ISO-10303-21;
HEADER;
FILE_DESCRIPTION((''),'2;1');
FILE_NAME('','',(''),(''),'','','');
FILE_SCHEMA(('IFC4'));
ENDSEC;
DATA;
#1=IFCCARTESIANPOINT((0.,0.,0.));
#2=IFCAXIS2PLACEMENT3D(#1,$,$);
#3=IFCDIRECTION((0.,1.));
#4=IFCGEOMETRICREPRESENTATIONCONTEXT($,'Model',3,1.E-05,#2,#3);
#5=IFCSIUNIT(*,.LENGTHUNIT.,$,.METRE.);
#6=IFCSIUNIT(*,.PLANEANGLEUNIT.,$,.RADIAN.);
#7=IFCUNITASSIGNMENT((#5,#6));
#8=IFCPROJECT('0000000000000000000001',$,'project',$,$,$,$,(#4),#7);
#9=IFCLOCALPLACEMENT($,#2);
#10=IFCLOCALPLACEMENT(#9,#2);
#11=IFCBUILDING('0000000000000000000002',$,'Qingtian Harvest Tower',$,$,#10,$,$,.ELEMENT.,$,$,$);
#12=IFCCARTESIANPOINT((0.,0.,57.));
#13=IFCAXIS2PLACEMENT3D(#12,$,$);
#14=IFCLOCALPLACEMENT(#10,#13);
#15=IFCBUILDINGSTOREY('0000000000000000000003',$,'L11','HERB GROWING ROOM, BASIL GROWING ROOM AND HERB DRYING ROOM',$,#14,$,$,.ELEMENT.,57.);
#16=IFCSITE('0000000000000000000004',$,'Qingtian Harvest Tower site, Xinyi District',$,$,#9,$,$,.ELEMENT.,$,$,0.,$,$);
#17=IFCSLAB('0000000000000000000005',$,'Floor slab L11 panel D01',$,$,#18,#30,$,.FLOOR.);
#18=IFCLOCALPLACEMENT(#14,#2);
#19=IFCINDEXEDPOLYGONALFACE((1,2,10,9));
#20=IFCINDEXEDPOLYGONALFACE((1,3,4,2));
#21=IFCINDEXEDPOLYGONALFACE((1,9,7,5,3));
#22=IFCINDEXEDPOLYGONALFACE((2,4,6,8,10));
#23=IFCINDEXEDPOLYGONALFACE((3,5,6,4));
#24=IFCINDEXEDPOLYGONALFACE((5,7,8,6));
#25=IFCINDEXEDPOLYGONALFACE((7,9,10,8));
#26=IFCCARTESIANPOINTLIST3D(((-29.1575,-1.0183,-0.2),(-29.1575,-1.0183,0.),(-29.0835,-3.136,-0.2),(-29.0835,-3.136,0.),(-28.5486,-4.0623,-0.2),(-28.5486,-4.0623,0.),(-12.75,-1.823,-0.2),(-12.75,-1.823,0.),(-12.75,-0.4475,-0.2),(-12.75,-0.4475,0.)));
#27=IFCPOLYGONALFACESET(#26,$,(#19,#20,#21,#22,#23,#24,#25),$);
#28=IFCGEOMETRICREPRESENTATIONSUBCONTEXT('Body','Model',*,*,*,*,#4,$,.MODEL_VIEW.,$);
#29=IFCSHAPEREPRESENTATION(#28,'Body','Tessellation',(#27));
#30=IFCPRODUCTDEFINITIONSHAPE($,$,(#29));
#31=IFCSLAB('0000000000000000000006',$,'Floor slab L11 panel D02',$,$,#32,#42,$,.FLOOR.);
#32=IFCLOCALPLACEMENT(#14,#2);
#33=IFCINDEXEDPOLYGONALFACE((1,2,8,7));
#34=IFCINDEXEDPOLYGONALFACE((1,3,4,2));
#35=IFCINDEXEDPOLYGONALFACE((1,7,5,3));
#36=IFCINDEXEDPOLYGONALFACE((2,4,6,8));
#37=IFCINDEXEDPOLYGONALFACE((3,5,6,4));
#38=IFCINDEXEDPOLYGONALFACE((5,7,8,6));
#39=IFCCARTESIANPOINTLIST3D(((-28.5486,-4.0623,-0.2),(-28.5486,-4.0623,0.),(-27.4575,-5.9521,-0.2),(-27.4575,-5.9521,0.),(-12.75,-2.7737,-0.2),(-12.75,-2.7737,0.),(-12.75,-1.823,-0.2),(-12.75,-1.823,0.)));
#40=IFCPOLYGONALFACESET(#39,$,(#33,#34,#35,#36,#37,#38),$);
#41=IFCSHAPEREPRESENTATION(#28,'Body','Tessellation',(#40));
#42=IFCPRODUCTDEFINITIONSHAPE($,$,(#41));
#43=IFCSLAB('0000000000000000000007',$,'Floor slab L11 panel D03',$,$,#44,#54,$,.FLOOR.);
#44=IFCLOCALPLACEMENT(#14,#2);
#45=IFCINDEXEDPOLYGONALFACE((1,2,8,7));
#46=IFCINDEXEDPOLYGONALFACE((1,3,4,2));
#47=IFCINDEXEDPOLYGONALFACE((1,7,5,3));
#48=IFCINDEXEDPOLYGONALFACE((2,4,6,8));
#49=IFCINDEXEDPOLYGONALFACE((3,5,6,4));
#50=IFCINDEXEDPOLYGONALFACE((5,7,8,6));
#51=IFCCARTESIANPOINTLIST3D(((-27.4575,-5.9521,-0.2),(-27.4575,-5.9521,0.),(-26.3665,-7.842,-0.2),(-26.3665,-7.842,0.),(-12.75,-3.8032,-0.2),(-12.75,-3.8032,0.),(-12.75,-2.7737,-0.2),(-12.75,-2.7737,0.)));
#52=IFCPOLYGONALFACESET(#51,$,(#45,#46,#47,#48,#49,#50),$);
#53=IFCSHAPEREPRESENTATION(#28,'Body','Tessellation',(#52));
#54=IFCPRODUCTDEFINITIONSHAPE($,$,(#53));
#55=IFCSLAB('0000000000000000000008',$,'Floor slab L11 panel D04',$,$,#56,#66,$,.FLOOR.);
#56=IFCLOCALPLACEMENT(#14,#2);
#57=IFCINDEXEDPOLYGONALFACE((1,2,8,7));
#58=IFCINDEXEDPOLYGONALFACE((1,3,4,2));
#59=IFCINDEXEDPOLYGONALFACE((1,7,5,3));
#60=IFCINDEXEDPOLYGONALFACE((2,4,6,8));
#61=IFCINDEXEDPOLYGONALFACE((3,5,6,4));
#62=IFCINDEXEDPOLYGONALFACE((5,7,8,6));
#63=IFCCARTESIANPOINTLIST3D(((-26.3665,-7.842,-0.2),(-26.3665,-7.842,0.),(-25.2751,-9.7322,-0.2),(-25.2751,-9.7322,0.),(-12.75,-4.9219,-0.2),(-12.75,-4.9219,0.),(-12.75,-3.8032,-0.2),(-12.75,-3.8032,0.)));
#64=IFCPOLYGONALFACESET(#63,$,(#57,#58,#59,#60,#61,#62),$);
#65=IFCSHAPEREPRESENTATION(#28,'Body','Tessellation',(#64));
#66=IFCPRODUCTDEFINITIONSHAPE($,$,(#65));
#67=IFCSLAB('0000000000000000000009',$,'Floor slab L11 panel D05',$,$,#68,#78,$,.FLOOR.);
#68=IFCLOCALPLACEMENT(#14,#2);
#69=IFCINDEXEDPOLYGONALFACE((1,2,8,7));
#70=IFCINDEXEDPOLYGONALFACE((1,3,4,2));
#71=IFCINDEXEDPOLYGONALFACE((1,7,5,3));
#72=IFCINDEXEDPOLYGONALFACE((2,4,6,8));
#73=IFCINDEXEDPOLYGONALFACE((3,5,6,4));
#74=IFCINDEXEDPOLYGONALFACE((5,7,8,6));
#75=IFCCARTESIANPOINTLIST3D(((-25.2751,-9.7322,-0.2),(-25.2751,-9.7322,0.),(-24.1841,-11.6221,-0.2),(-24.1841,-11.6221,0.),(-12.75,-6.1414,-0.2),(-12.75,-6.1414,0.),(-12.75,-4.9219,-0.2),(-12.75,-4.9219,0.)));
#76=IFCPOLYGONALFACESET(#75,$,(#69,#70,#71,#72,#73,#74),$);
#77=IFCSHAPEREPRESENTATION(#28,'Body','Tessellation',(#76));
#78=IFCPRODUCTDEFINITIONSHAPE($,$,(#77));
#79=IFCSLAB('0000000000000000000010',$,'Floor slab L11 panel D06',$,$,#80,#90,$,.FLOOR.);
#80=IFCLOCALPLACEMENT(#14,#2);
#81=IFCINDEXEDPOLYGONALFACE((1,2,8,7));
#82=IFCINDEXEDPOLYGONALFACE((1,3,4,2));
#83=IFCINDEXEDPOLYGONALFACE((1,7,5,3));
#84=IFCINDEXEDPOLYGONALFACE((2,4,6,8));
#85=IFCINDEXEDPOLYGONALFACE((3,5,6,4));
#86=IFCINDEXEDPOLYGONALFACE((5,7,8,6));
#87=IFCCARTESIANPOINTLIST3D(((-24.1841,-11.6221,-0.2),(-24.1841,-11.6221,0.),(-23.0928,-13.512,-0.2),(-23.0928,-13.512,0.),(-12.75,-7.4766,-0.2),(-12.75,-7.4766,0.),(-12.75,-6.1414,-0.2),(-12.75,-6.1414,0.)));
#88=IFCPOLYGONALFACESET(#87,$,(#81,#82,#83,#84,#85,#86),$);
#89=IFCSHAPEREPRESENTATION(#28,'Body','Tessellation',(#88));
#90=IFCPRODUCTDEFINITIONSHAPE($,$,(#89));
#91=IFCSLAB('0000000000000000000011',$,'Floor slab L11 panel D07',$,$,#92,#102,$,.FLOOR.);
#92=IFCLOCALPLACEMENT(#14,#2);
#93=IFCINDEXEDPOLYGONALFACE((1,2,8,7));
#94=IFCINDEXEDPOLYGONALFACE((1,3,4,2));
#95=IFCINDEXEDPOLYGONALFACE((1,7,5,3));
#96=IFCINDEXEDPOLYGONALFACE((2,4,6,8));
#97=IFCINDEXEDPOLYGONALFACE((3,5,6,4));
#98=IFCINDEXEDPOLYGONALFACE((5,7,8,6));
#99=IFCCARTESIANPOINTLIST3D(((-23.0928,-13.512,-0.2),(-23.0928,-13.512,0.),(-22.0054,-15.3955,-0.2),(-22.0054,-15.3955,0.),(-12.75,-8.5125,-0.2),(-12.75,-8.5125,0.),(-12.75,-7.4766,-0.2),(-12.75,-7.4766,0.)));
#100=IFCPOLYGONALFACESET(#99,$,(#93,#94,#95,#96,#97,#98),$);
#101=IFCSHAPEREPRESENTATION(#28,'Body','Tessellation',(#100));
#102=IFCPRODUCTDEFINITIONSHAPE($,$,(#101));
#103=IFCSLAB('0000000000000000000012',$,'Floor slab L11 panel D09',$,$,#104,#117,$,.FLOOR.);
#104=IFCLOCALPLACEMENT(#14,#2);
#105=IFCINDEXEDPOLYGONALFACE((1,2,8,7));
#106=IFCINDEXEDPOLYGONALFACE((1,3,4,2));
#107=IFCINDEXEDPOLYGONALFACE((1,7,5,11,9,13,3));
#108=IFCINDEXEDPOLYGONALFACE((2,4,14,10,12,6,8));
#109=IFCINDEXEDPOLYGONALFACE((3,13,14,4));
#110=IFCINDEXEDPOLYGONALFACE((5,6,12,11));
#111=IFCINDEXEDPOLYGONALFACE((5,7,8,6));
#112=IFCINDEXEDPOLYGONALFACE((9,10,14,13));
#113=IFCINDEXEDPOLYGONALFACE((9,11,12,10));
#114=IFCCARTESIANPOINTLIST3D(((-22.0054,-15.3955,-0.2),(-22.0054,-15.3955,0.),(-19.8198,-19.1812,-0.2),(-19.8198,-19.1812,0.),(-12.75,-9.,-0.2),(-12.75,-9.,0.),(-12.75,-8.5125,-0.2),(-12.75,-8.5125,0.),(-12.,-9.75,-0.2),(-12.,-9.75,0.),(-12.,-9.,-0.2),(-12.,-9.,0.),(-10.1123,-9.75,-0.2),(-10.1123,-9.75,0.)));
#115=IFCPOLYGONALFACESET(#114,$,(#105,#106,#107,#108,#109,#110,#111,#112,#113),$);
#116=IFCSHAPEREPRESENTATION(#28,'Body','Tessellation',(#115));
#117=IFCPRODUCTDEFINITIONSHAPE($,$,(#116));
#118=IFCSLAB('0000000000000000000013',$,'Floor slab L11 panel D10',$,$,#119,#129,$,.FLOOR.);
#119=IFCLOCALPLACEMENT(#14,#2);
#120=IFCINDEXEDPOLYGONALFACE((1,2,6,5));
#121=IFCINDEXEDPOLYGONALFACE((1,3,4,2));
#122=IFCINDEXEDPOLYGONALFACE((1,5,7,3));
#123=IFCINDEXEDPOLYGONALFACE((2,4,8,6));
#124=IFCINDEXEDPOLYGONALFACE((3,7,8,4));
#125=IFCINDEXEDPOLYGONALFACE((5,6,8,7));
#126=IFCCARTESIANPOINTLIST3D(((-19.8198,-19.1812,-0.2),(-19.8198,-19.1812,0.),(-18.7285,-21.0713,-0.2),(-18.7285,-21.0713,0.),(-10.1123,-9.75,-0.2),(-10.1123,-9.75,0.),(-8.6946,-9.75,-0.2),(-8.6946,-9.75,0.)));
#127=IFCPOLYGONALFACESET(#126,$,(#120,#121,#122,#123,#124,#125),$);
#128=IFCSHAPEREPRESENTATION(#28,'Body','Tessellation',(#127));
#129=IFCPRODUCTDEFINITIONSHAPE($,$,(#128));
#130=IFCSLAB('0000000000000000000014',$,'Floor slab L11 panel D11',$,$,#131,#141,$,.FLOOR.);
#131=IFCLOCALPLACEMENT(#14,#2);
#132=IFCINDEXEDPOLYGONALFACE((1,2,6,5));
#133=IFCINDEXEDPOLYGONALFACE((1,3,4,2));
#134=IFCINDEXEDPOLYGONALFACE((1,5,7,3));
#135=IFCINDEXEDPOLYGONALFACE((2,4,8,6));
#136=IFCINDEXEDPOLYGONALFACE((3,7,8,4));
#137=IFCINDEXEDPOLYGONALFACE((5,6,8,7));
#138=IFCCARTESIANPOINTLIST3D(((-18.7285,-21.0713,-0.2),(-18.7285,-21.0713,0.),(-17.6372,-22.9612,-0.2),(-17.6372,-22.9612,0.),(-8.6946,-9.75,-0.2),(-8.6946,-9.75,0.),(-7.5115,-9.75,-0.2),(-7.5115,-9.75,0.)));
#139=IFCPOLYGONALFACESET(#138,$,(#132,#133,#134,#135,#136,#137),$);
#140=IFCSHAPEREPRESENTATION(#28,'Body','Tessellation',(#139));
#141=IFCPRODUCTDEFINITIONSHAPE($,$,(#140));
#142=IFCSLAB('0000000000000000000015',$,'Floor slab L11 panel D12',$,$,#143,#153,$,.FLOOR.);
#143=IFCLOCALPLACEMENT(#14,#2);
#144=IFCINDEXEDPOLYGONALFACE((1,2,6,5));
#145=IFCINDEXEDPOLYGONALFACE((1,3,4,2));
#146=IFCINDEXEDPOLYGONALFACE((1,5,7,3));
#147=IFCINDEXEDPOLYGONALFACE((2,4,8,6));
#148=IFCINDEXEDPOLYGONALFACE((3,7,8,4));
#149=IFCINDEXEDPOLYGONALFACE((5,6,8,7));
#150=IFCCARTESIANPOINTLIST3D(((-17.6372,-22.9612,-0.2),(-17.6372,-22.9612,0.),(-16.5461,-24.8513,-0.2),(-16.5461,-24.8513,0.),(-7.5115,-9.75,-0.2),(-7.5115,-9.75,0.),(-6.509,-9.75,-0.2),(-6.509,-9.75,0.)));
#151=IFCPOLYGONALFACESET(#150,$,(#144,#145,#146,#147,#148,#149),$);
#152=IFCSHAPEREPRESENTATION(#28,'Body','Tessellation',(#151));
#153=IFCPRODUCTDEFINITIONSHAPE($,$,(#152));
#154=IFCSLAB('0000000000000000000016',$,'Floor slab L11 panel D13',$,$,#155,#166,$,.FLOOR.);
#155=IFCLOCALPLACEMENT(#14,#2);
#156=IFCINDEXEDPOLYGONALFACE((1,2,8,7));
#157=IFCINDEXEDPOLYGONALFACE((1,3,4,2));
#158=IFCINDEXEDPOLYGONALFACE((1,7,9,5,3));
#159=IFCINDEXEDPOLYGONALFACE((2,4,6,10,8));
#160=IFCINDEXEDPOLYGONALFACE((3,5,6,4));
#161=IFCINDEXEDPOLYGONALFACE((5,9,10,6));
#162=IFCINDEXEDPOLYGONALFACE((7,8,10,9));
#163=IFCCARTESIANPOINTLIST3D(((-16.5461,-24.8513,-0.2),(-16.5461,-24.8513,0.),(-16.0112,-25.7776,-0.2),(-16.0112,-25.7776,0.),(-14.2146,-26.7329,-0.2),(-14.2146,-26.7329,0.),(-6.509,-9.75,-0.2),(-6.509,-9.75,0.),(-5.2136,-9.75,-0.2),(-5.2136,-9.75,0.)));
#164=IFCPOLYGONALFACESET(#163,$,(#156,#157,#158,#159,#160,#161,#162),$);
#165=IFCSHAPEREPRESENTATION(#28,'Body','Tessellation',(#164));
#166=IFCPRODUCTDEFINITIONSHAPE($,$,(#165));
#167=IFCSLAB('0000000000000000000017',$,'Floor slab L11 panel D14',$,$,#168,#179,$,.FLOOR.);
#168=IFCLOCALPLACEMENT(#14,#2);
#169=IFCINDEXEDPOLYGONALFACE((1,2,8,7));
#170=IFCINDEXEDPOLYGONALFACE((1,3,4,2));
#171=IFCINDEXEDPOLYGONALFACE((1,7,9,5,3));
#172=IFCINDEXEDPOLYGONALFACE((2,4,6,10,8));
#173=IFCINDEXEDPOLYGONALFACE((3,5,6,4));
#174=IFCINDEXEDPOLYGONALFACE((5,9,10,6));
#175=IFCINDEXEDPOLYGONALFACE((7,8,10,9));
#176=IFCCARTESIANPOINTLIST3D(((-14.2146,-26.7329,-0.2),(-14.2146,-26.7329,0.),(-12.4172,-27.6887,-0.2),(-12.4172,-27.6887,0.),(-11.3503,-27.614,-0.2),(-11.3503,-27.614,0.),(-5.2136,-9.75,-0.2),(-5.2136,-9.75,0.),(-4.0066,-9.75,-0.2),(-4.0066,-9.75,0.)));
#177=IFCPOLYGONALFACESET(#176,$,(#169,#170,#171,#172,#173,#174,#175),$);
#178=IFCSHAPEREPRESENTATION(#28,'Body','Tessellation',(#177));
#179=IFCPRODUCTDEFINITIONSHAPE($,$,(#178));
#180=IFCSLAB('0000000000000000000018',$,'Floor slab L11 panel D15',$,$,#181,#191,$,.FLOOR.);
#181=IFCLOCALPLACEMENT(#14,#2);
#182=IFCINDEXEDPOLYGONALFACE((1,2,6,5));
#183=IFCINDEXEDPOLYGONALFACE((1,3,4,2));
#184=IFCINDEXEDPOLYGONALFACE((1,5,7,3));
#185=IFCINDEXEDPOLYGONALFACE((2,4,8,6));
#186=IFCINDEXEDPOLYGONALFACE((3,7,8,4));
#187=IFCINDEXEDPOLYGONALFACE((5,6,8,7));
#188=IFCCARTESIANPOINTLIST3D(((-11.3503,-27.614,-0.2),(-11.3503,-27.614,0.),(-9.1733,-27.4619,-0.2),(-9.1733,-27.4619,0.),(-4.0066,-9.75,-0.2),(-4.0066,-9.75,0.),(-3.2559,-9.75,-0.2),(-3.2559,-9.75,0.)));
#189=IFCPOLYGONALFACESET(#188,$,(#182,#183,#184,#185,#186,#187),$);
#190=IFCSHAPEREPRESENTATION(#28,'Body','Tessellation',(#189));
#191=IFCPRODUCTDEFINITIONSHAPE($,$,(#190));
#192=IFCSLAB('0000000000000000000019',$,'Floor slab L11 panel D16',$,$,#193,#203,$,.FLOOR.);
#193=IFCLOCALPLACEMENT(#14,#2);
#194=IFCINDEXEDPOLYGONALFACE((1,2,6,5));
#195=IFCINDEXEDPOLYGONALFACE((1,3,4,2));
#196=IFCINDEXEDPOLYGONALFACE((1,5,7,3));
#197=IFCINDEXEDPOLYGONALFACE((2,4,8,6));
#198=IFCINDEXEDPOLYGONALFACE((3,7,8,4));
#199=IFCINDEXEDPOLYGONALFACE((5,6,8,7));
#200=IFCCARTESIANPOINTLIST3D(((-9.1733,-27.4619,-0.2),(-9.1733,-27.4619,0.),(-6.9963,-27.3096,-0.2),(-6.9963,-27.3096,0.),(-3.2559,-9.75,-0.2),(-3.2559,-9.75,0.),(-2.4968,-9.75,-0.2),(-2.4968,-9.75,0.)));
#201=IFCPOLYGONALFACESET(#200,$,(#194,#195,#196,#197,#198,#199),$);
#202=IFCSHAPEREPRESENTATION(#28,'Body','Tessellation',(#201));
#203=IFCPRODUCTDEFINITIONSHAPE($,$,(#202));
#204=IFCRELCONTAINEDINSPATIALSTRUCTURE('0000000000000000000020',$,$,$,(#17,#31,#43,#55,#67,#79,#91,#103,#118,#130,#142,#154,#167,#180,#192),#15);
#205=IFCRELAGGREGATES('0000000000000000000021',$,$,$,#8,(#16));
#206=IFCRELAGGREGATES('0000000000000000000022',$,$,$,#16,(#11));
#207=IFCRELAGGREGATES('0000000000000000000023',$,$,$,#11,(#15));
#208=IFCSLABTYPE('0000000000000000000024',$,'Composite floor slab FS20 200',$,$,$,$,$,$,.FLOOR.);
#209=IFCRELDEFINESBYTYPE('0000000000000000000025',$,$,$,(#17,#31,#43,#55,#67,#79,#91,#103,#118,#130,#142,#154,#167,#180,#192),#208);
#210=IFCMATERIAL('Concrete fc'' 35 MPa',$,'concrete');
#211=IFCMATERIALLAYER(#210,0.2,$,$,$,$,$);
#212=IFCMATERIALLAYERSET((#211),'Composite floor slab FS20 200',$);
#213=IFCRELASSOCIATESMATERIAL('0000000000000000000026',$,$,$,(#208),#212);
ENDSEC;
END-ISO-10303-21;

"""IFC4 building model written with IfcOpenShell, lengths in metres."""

from ifc_helpers import new_model, si_unit, direction, frame, origin, place, context, subcontext, project, spatial, polyline, outline, extrude, material, layer, layer_set, type_object, element, save


model = new_model("IFC4")

# Units and contexts
model_context = context("Model", 3, precision=1e-05, world=origin(), true_north=direction((0.0, 1.0)))
body_context = subcontext(model_context, "Body", "Model", "MODEL_VIEW")
ifc_project = project(units=[si_unit("LENGTHUNIT", "METRE"), si_unit("PLANEANGLEUNIT", "RADIAN")], contexts=[model_context])

# Site, building, storey
site_placement = place(None, origin())
site = spatial("IfcSite", under=ifc_project, at=site_placement, Name="Qingtian Harvest Tower site, Xinyi District", CompositionType="ELEMENT", RefElevation=0.0)
building_placement = place(site_placement, origin())
building = spatial("IfcBuilding", under=site, at=building_placement, Name="Qingtian Harvest Tower", CompositionType="ELEMENT")
storey_placement = place(building_placement, frame((0.0, 0.0, 57.0)))
storey = spatial("IfcBuildingStorey", under=building, at=storey_placement, Name="L11", Description="HERB GROWING ROOM, BASIL GROWING ROOM AND HERB DRYING ROOM", CompositionType="ELEMENT", Elevation=57.0)

# Slabs
ifc_material_1 = material(Name="Concrete fc' 35 MPa", Category="concrete")
ifc_layer_1 = layer(ifc_material_1, 0.2)
ifc_layer_set_1 = layer_set([ifc_layer_1], Name="Composite floor slab FS20 200")
slab_type_1 = type_object("IfcSlabType", Name="Composite floor slab FS20 200", PredefinedType="FLOOR", material=ifc_layer_set_1)
slab_1_placement = place(storey_placement, frame((0.0, 0.0, -0.2)))
element("IfcSlab", 1, at=slab_1_placement, inside=storey, type_object=slab_type_1, Name="Floor slab L11 panel D01", PredefinedType="FLOOR", context=body_context, shape_type="SweptSolid", body=[
    extrude(outline(polyline([(-29.1575, -1.0183), (-12.75, -0.4475), (-12.75, -1.823), (-28.5486, -4.0623), (-29.0835, -3.136), (-29.1575, -1.0183)])), origin(), (0.0, 0.0, 1.0), 0.2),
])
slab_2_placement = place(storey_placement, frame((0.0, 0.0, -0.2)))
element("IfcSlab", 2, at=slab_2_placement, inside=storey, type_object=slab_type_1, Name="Floor slab L11 panel D02", PredefinedType="FLOOR", context=body_context, shape_type="SweptSolid", body=[
    extrude(outline(polyline([(-12.75, -2.7737), (-27.4575, -5.9521), (-28.5486, -4.0623), (-12.75, -1.823), (-12.75, -2.7737)])), origin(), (0.0, 0.0, 1.0), 0.2),
])
slab_3_placement = place(storey_placement, frame((0.0, 0.0, -0.2)))
element("IfcSlab", 3, at=slab_3_placement, inside=storey, type_object=slab_type_1, Name="Floor slab L11 panel D03", PredefinedType="FLOOR", context=body_context, shape_type="SweptSolid", body=[
    extrude(outline(polyline([(-12.75, -3.8032), (-26.3665, -7.842), (-27.4575, -5.9521), (-12.75, -2.7737), (-12.75, -3.8032)])), origin(), (0.0, 0.0, 1.0), 0.2),
])
slab_4_placement = place(storey_placement, frame((0.0, 0.0, -0.2)))
element("IfcSlab", 4, at=slab_4_placement, inside=storey, type_object=slab_type_1, Name="Floor slab L11 panel D04", PredefinedType="FLOOR", context=body_context, shape_type="SweptSolid", body=[
    extrude(outline(polyline([(-12.75, -4.9219), (-25.2751, -9.7322), (-26.3665, -7.842), (-12.75, -3.8032), (-12.75, -4.9219)])), origin(), (0.0, 0.0, 1.0), 0.2),
])
slab_5_placement = place(storey_placement, frame((0.0, 0.0, -0.2)))
element("IfcSlab", 5, at=slab_5_placement, inside=storey, type_object=slab_type_1, Name="Floor slab L11 panel D05", PredefinedType="FLOOR", context=body_context, shape_type="SweptSolid", body=[
    extrude(outline(polyline([(-12.75, -6.1414), (-24.1841, -11.6221), (-25.2751, -9.7322), (-12.75, -4.9219), (-12.75, -6.1414)])), origin(), (0.0, 0.0, 1.0), 0.2),
])
slab_6_placement = place(storey_placement, frame((0.0, 0.0, -0.2)))
element("IfcSlab", 6, at=slab_6_placement, inside=storey, type_object=slab_type_1, Name="Floor slab L11 panel D06", PredefinedType="FLOOR", context=body_context, shape_type="SweptSolid", body=[
    extrude(outline(polyline([(-12.75, -7.4766), (-23.0928, -13.512), (-24.1841, -11.6221), (-12.75, -6.1414), (-12.75, -7.4766)])), origin(), (0.0, 0.0, 1.0), 0.2),
])
slab_7_placement = place(storey_placement, frame((0.0, 0.0, -0.2)))
element("IfcSlab", 7, at=slab_7_placement, inside=storey, type_object=slab_type_1, Name="Floor slab L11 panel D07", PredefinedType="FLOOR", context=body_context, shape_type="SweptSolid", body=[
    extrude(outline(polyline([(-12.75, -8.5125), (-22.0054, -15.3955), (-23.0928, -13.512), (-12.75, -7.4766), (-12.75, -8.5125)])), origin(), (0.0, 0.0, 1.0), 0.2),
])
slab_8_placement = place(storey_placement, frame((0.0, 0.0, -0.2)))
element("IfcSlab", 8, at=slab_8_placement, inside=storey, type_object=slab_type_1, Name="Floor slab L11 panel D09", PredefinedType="FLOOR", context=body_context, shape_type="SweptSolid", body=[
    extrude(outline(polyline([(-19.8198, -19.1812), (-22.0054, -15.3955), (-12.75, -8.5125), (-12.75, -9.0), (-12.0, -9.0), (-12.0, -9.75), (-10.1123, -9.75), (-19.8198, -19.1812)])), origin(), (0.0, 0.0, 1.0), 0.2),
])
slab_9_placement = place(storey_placement, frame((0.0, 0.0, -0.2)))
element("IfcSlab", 9, at=slab_9_placement, inside=storey, type_object=slab_type_1, Name="Floor slab L11 panel D10", PredefinedType="FLOOR", context=body_context, shape_type="SweptSolid", body=[
    extrude(outline(polyline([(-8.6946, -9.75), (-18.7285, -21.0713), (-19.8198, -19.1812), (-10.1123, -9.75), (-8.6946, -9.75)])), origin(), (0.0, 0.0, 1.0), 0.2),
])
slab_10_placement = place(storey_placement, frame((0.0, 0.0, -0.2)))
element("IfcSlab", 10, at=slab_10_placement, inside=storey, type_object=slab_type_1, Name="Floor slab L11 panel D11", PredefinedType="FLOOR", context=body_context, shape_type="SweptSolid", body=[
    extrude(outline(polyline([(-7.5115, -9.75), (-17.6372, -22.9612), (-18.7285, -21.0713), (-8.6946, -9.75), (-7.5115, -9.75)])), origin(), (0.0, 0.0, 1.0), 0.2),
])
slab_11_placement = place(storey_placement, frame((0.0, 0.0, -0.2)))
element("IfcSlab", 11, at=slab_11_placement, inside=storey, type_object=slab_type_1, Name="Floor slab L11 panel D12", PredefinedType="FLOOR", context=body_context, shape_type="SweptSolid", body=[
    extrude(outline(polyline([(-6.509, -9.75), (-16.5461, -24.8513), (-17.6372, -22.9612), (-7.5115, -9.75), (-6.509, -9.75)])), origin(), (0.0, 0.0, 1.0), 0.2),
])
slab_12_placement = place(storey_placement, frame((0.0, 0.0, -0.2)))
element("IfcSlab", 12, at=slab_12_placement, inside=storey, type_object=slab_type_1, Name="Floor slab L11 panel D13", PredefinedType="FLOOR", context=body_context, shape_type="SweptSolid", body=[
    extrude(outline(polyline([(-6.509, -9.75), (-5.2136, -9.75), (-14.2146, -26.7329), (-16.0112, -25.7776), (-16.5461, -24.8513), (-6.509, -9.75)])), origin(), (0.0, 0.0, 1.0), 0.2),
])
slab_13_placement = place(storey_placement, frame((0.0, 0.0, -0.2)))
element("IfcSlab", 13, at=slab_13_placement, inside=storey, type_object=slab_type_1, Name="Floor slab L11 panel D14", PredefinedType="FLOOR", context=body_context, shape_type="SweptSolid", body=[
    extrude(outline(polyline([(-5.2136, -9.75), (-4.0066, -9.75), (-11.3503, -27.614), (-12.4172, -27.6887), (-14.2146, -26.7329), (-5.2136, -9.75)])), origin(), (0.0, 0.0, 1.0), 0.2),
])
slab_14_placement = place(storey_placement, frame((0.0, 0.0, -0.2)))
element("IfcSlab", 14, at=slab_14_placement, inside=storey, type_object=slab_type_1, Name="Floor slab L11 panel D15", PredefinedType="FLOOR", context=body_context, shape_type="SweptSolid", body=[
    extrude(outline(polyline([(-3.2559, -9.75), (-9.1733, -27.4619), (-11.3503, -27.614), (-4.0066, -9.75), (-3.2559, -9.75)])), origin(), (0.0, 0.0, 1.0), 0.2),
])
slab_15_placement = place(storey_placement, frame((0.0, 0.0, -0.2)))
element("IfcSlab", 15, at=slab_15_placement, inside=storey, type_object=slab_type_1, Name="Floor slab L11 panel D16", PredefinedType="FLOOR", context=body_context, shape_type="SweptSolid", body=[
    extrude(outline(polyline([(-2.4968, -9.75), (-6.9963, -27.3096), (-9.1733, -27.4619), (-3.2559, -9.75), (-2.4968, -9.75)])), origin(), (0.0, 0.0, 1.0), 0.2),
])

save(model, "model.ifc")
